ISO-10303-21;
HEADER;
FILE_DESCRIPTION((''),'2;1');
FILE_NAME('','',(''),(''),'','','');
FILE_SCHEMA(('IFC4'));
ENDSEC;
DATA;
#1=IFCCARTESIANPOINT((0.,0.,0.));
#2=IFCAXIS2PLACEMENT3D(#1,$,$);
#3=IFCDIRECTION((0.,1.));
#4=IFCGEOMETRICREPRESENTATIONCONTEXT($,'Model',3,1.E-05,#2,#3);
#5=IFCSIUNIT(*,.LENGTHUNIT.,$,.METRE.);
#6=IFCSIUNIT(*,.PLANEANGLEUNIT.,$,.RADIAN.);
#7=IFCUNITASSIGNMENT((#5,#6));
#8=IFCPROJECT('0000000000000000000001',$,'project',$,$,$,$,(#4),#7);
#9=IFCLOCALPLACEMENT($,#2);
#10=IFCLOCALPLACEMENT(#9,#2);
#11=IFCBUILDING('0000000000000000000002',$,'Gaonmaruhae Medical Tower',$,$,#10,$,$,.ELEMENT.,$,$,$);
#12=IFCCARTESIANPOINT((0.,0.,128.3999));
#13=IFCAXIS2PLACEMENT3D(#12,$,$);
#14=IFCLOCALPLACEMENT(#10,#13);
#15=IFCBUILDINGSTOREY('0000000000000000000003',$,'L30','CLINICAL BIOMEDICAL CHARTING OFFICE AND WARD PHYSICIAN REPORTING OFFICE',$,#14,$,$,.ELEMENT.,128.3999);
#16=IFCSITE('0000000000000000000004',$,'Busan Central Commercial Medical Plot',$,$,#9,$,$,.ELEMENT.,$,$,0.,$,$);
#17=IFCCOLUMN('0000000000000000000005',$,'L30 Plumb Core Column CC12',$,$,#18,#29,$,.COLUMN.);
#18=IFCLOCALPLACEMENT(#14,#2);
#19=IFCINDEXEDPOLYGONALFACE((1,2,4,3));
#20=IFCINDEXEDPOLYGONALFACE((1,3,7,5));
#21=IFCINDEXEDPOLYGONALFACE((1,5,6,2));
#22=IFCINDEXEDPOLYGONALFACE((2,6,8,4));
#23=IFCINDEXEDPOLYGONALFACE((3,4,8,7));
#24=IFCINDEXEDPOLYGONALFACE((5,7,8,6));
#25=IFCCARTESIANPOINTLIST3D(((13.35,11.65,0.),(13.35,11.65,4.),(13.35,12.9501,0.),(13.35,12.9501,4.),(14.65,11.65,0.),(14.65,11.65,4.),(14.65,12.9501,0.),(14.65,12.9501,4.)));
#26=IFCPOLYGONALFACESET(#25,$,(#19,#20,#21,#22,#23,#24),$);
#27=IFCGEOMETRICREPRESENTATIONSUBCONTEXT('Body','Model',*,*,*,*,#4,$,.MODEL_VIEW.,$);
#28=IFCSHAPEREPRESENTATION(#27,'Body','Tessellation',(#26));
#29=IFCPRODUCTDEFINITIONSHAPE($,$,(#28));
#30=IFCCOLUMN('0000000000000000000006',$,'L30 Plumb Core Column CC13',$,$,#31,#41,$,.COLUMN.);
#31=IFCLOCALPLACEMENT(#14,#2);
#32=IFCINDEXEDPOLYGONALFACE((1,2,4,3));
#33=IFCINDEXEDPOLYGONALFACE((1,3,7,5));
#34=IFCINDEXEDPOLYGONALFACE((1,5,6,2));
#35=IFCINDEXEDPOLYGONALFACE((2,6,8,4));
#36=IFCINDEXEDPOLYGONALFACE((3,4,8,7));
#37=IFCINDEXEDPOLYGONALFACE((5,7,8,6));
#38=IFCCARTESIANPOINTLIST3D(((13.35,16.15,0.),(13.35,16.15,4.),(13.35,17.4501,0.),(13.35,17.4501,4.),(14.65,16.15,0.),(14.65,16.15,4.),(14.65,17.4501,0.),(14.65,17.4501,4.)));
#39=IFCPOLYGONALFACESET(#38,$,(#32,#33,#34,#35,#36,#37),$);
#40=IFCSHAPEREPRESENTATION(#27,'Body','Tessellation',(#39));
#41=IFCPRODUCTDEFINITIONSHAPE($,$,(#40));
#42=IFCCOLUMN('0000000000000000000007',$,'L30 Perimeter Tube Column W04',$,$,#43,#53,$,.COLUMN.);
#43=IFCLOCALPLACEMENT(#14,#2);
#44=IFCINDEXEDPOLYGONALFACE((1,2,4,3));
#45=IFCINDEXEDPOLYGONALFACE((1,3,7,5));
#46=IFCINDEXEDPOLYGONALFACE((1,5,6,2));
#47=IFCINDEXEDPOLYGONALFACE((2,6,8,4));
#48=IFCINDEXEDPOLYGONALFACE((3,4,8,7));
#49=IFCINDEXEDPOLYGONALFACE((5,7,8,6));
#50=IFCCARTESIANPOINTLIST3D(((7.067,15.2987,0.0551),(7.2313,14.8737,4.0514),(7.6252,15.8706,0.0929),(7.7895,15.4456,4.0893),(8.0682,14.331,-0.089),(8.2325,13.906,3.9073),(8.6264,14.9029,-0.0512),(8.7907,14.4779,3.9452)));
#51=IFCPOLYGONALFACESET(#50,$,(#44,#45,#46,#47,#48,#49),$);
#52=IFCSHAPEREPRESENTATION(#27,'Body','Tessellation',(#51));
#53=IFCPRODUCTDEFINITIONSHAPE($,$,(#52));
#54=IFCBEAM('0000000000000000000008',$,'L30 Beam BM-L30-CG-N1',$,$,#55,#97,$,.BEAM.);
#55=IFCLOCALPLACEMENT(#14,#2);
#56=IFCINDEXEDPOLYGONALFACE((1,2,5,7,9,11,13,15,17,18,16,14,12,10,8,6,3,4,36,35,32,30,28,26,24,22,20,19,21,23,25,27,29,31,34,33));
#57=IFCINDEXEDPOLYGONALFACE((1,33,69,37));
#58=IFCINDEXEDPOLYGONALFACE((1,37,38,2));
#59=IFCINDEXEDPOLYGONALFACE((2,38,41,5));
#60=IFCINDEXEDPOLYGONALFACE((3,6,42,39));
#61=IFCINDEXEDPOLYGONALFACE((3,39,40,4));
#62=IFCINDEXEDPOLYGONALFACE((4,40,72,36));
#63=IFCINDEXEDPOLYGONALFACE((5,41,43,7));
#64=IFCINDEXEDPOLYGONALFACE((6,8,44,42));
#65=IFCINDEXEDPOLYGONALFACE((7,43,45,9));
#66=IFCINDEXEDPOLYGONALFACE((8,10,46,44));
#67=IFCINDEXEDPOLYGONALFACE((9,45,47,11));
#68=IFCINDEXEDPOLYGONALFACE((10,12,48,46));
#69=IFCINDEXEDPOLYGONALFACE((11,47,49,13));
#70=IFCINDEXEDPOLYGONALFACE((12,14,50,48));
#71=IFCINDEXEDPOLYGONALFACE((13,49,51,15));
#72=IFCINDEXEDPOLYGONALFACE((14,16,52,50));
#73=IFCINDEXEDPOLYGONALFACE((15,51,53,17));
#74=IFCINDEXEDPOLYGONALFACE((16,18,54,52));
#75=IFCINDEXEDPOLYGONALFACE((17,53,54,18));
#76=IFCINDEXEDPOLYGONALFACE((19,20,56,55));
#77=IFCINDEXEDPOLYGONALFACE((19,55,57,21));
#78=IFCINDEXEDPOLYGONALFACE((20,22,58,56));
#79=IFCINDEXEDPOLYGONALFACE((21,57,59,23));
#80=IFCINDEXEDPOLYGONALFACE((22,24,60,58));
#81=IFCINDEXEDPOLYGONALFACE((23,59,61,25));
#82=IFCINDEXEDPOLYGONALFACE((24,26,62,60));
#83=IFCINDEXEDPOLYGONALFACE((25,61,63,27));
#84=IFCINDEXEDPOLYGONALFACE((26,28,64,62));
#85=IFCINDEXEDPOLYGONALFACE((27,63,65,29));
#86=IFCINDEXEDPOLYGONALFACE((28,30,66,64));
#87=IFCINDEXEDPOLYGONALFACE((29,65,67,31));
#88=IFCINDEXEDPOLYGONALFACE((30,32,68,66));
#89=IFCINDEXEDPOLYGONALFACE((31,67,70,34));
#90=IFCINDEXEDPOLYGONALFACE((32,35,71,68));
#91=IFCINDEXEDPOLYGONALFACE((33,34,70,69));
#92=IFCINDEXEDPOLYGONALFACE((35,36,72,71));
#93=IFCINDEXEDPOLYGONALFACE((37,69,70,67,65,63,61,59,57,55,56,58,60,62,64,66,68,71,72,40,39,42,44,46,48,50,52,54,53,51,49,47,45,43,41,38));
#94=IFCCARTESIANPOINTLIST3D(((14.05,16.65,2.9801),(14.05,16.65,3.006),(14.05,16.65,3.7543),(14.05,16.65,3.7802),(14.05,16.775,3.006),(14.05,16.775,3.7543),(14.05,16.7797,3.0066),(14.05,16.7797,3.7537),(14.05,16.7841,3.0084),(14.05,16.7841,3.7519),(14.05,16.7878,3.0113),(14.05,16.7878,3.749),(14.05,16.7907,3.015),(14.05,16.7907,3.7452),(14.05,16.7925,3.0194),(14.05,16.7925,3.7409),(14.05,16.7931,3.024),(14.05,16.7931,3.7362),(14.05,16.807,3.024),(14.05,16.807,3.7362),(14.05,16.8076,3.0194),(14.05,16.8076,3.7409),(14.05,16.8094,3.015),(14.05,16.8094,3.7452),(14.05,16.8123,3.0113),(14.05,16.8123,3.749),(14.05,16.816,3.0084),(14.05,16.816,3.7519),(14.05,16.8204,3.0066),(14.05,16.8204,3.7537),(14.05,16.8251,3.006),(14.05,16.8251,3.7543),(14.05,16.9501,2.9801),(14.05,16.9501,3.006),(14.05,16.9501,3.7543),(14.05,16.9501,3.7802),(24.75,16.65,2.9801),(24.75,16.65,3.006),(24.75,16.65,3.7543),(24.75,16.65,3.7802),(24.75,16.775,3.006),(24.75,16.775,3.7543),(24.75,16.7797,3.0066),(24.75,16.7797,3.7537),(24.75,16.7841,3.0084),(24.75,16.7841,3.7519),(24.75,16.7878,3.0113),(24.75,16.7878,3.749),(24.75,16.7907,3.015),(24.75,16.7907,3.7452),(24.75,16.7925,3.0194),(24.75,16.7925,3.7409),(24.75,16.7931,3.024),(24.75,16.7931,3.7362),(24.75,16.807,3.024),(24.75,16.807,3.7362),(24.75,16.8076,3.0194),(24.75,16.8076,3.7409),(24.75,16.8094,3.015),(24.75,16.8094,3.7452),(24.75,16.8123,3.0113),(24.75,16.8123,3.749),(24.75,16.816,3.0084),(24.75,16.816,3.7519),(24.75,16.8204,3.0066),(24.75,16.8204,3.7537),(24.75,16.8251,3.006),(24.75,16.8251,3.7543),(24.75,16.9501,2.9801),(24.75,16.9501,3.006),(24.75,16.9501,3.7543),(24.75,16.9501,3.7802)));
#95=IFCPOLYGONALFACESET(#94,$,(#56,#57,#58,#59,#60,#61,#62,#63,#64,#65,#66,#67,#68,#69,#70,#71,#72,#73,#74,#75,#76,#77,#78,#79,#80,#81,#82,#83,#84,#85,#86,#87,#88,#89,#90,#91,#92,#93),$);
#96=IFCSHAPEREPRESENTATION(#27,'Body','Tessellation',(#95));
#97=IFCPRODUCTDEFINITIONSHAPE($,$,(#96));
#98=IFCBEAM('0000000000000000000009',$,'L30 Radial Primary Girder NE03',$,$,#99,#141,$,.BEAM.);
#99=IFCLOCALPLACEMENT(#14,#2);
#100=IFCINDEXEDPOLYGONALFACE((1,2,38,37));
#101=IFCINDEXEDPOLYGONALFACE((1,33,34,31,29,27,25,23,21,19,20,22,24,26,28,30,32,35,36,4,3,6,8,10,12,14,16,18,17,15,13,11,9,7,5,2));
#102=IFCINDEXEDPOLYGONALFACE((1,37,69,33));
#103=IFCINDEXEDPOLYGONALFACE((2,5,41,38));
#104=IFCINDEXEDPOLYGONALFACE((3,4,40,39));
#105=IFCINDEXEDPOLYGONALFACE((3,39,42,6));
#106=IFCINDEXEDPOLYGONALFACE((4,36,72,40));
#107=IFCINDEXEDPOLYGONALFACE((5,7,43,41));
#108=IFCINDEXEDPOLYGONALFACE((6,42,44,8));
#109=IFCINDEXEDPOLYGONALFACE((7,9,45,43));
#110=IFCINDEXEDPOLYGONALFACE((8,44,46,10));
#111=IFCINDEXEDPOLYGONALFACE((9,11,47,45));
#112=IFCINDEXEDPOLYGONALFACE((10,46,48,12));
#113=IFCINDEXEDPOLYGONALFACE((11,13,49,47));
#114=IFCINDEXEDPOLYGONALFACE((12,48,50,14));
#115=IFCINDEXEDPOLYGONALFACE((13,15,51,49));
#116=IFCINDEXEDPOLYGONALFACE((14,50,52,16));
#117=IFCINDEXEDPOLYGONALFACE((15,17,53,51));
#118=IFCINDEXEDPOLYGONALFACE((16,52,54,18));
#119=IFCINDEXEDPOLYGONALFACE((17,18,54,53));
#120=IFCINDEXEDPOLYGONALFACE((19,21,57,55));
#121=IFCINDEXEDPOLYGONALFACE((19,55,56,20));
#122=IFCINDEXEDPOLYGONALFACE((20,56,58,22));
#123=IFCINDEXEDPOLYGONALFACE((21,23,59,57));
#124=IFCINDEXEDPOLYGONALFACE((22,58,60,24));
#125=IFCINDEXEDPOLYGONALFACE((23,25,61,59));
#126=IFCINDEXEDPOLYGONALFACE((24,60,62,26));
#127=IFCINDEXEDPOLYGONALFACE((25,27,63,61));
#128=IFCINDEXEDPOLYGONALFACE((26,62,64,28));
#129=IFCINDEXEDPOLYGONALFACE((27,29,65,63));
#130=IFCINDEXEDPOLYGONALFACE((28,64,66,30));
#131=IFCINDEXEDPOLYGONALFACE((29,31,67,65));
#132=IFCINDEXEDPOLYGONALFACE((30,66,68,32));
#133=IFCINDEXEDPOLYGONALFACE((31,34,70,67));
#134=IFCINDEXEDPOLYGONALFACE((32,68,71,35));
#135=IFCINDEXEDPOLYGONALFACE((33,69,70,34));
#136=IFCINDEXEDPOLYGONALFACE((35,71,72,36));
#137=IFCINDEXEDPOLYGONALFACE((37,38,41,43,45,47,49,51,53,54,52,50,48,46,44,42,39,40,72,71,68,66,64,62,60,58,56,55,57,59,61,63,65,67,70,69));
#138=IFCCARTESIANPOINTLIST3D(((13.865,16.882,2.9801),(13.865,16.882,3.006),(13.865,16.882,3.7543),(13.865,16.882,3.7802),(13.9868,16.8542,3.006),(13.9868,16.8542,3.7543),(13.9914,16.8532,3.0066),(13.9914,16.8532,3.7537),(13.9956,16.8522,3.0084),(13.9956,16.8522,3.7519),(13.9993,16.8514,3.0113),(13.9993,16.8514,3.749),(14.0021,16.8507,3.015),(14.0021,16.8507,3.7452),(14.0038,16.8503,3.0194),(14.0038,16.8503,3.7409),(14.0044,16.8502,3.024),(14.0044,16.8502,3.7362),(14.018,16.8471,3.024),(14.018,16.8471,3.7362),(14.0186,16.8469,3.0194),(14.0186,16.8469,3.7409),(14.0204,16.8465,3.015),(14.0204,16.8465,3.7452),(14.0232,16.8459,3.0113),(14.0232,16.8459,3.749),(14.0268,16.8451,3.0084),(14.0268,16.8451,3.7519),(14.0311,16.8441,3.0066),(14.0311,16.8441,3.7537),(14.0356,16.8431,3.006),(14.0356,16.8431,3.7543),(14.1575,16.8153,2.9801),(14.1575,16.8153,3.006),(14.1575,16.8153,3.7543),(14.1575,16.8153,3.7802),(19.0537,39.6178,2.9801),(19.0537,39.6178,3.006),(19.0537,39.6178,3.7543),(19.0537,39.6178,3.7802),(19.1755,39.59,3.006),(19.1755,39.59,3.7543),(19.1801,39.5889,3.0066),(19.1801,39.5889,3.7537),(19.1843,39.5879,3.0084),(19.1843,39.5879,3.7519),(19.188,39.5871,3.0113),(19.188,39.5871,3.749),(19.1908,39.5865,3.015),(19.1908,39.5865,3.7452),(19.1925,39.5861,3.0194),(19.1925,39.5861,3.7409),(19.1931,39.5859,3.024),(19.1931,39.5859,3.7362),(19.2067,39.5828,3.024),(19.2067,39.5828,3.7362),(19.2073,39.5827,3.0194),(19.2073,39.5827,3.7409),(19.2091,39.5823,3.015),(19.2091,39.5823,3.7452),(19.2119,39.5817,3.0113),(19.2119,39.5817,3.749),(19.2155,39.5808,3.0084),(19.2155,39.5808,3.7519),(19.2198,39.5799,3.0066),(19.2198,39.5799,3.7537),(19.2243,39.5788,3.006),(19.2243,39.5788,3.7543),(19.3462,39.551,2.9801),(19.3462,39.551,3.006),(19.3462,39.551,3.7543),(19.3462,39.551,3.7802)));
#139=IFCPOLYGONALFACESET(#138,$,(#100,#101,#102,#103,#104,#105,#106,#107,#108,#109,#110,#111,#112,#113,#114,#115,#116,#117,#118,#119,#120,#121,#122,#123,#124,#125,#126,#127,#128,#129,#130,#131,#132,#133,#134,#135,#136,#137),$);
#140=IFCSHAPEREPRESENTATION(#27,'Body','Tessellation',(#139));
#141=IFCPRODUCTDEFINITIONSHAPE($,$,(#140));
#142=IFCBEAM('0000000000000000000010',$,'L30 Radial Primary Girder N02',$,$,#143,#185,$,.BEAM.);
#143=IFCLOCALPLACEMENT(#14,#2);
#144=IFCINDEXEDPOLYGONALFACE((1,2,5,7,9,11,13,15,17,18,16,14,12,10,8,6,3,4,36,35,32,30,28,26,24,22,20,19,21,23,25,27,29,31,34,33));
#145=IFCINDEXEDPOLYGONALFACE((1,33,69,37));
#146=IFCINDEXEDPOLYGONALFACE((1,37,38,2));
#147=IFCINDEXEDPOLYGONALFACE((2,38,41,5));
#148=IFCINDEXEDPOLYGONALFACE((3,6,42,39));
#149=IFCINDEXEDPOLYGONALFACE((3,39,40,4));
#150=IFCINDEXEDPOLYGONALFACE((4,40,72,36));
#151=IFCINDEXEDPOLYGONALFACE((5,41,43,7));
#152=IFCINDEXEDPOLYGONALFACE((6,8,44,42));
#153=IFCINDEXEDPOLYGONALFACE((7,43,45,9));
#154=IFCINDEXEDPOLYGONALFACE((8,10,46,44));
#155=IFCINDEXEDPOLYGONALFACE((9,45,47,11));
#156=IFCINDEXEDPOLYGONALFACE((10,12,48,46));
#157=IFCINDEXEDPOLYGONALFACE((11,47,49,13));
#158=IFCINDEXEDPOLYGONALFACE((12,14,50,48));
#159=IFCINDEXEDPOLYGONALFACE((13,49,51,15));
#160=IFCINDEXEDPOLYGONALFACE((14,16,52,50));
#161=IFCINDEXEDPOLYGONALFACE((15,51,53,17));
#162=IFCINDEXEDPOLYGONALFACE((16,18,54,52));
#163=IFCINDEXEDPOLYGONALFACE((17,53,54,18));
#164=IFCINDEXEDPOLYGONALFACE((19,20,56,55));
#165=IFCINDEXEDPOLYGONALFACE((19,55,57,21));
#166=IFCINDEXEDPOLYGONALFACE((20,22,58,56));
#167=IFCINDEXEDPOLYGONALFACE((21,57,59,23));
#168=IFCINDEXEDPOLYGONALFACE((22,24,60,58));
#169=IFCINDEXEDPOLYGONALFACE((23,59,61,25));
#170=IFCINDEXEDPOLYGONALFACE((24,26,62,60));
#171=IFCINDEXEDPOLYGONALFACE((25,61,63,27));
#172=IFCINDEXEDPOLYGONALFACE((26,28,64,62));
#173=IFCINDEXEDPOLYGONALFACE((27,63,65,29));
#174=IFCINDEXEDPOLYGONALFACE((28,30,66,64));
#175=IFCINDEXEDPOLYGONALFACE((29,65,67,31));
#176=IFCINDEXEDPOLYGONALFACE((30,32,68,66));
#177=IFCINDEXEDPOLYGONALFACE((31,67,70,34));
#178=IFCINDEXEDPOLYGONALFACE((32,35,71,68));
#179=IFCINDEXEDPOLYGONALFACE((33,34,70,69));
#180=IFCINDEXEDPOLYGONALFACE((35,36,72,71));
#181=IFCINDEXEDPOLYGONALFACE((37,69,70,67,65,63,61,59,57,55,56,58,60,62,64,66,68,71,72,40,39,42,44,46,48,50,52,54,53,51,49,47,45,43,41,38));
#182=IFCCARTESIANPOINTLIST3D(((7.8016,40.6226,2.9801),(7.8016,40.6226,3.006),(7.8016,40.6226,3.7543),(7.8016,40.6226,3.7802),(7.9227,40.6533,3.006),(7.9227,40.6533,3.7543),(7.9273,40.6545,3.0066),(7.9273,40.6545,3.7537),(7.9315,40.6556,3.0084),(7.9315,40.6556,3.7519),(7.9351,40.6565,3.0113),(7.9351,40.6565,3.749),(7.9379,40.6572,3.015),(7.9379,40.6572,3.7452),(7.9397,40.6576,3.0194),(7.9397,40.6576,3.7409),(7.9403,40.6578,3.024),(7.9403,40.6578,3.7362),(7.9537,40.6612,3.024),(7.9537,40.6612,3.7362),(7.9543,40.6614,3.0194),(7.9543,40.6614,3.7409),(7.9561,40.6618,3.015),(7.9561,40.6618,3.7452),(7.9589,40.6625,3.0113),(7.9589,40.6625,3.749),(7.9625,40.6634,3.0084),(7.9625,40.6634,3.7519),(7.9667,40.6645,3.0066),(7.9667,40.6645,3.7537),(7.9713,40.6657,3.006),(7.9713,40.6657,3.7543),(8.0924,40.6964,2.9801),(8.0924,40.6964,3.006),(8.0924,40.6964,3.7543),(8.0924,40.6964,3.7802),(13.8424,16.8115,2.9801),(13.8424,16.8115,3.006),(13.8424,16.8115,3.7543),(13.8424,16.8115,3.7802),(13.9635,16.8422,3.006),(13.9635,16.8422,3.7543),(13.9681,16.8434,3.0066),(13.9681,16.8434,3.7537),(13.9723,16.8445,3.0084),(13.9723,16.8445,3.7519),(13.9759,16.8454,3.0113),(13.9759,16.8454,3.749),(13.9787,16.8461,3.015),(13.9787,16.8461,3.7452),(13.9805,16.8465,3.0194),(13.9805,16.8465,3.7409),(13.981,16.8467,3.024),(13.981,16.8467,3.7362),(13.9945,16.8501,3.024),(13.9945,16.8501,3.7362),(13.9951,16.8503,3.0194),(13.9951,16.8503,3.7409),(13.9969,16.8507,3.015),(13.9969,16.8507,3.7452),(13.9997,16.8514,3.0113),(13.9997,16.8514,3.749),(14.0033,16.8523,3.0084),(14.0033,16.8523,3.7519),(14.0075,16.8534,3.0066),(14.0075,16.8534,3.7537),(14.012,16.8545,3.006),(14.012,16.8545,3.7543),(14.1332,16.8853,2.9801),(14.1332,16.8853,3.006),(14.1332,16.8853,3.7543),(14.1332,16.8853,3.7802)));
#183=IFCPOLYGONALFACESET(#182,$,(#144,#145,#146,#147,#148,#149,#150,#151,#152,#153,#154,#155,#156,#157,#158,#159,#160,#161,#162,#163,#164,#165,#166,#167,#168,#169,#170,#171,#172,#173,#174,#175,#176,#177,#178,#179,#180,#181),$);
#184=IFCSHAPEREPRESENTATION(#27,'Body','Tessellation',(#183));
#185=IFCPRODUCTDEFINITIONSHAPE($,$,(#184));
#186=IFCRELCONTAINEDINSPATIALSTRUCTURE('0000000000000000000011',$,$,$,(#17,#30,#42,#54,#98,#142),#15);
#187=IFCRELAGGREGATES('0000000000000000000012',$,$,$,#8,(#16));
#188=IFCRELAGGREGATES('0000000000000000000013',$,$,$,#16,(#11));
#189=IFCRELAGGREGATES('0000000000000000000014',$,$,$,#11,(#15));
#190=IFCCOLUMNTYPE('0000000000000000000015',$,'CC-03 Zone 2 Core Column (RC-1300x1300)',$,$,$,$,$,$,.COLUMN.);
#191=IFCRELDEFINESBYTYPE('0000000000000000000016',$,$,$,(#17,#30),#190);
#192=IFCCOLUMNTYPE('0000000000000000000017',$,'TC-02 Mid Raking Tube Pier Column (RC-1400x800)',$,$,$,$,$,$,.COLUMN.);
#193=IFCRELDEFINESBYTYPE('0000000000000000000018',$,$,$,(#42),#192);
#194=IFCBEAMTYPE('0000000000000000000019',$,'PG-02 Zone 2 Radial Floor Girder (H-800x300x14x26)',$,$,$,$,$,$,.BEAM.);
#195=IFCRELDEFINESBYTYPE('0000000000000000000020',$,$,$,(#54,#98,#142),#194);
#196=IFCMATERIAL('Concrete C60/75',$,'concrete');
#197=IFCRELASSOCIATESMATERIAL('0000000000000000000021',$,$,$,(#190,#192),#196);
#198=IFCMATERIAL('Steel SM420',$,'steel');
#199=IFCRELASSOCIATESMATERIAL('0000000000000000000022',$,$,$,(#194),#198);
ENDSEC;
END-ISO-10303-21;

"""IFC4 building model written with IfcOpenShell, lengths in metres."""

from ifc_helpers import new_model, si_unit, direction, frame, origin, origin_2d, place, context, subcontext, project, spatial, rectangle, i_section, extrude, material, material_profile, profile_set, type_object, element, save


model = new_model("IFC4")

# Units and contexts
model_context = context("Model", 3, precision=1e-05, world=origin(), true_north=direction((0.0, 1.0)))
body_context = subcontext(model_context, "Body", "Model", "MODEL_VIEW")
ifc_project = project(units=[si_unit("LENGTHUNIT", "METRE"), si_unit("PLANEANGLEUNIT", "RADIAN")], contexts=[model_context])

# Site, building, storey
site_placement = place(None, origin())
site = spatial("IfcSite", under=ifc_project, at=site_placement, Name="Busan Central Commercial Medical Plot", CompositionType="ELEMENT", RefElevation=0.0)
building_placement = place(site_placement, origin())
building = spatial("IfcBuilding", under=site, at=building_placement, Name="Gaonmaruhae Medical Tower", CompositionType="ELEMENT")
storey_placement = place(building_placement, frame((0.0, 0.0, 128.3999)))
storey = spatial("IfcBuildingStorey", under=building, at=storey_placement, Name="L30", Description="CLINICAL BIOMEDICAL CHARTING OFFICE AND WARD PHYSICIAN REPORTING OFFICE", CompositionType="ELEMENT", Elevation=128.3999)

# Columns
ifc_material_1 = material(Name="Concrete C60/75", Category="concrete")
ifc_material_profile_1 = material_profile(ifc_material_1, rectangle(XDim=1.3, YDim=1.3, at=origin_2d()), Name="RC-1300x1300")
ifc_profile_set_1 = profile_set([ifc_material_profile_1], Name="Concrete C60/75")
column_type_1 = type_object("IfcColumnType", Name="CC-03 Zone 2 Core Column (RC-1300x1300)", PredefinedType="COLUMN", material=ifc_profile_set_1)
for number, where, z_axis, x_axis, name in (
    (1, (14.0, 12.3, 0.0), (0.0, 0.0, 1.0), (1.0, 0.0, 0.0), "L30 Plumb Core Column CC12"),
    (2, (14.0, 16.8, 0.0), (0.0, 0.0, 1.0), (1.0, 0.0, 0.0), "L30 Plumb Core Column CC13"),
):
    element("IfcColumn", number, at=place(storey_placement, frame(where, z_axis=z_axis, x_axis=x_axis)), inside=storey, type_object=column_type_1, Name=name, PredefinedType="COLUMN", context=body_context, shape_type="SweptSolid", body=[
        extrude(rectangle(XDim=1.3, YDim=1.3, at=origin_2d()), origin(), (0.0, 0.0, 1.0), 4.0),
    ])
ifc_material_profile_2 = material_profile(ifc_material_1, rectangle(XDim=1.3999, YDim=0.8, at=origin_2d()), Name="RC-1400x800")
ifc_profile_set_2 = profile_set([ifc_material_profile_2], Name="Concrete C60/75")
column_type_2 = type_object("IfcColumnType", Name="TC-02 Mid Raking Tube Pier Column (RC-1400x800)", PredefinedType="COLUMN", material=ifc_profile_set_2)
column_placement = place(storey_placement, frame((7.8467, 15.1008, 0.002), z_axis=(0.04085, -0.105675, 0.993561), x_axis=(-0.715221, 0.691277, 0.10293)))
element("IfcColumn", 3, at=column_placement, inside=storey, type_object=column_type_2, Name="L30 Perimeter Tube Column W04", PredefinedType="COLUMN", context=body_context, shape_type="SweptSolid", body=[
    extrude(rectangle(XDim=1.3999, YDim=0.8, at=origin_2d()), origin(), (0.0, 0.0, 1.0), 4.0222),
])

# Beams
ifc_material_2 = material(Name="Steel SM420", Category="steel")
ifc_material_profile_3 = material_profile(ifc_material_2, i_section(OverallWidth=0.3, OverallDepth=0.8, WebThickness=0.0139, FlangeThickness=0.0259, FilletRadius=0.0181, at=origin_2d()), Name="H-800x300x14x26")
ifc_profile_set_3 = profile_set([ifc_material_profile_3], Name="Steel SM420")
beam_type_1 = type_object("IfcBeamType", Name="PG-02 Zone 2 Radial Floor Girder (H-800x300x14x26)", PredefinedType="BEAM", material=ifc_profile_set_3)
beam_1_placement = place(storey_placement, frame((14.05, 16.8, 3.3801), z_axis=(1.0, 0.0, 0.0), x_axis=(0.0, 1.0, 0.0)))
element("IfcBeam", 4, at=beam_1_placement, inside=storey, type_object=beam_type_1, Name="L30 Beam BM-L30-CG-N1", PredefinedType="BEAM", context=body_context, shape_type="SweptSolid", body=[
    extrude(i_section(OverallWidth=0.3, OverallDepth=0.8, WebThickness=0.0139, FlangeThickness=0.0259, FilletRadius=0.0181, at=origin_2d()), origin(), (0.0, 0.0, 1.0), 10.7),
])
beam_2_placement = place(storey_placement, frame((14.0112, 16.8486, 3.3801), z_axis=(0.222497, 0.974933, 0.0), x_axis=(-0.974933, 0.222497, 0.0)))
element("IfcBeam", 5, at=beam_2_placement, inside=storey, type_object=beam_type_1, Name="L30 Radial Primary Girder NE03", PredefinedType="BEAM", context=body_context, shape_type="SweptSolid", body=[
    extrude(i_section(OverallWidth=0.3, OverallDepth=0.8, WebThickness=0.0139, FlangeThickness=0.0259, FilletRadius=0.0181, at=origin_2d()), origin(), (0.0, 0.0, 1.0), 23.3203),
])
beam_3_placement = place(storey_placement, frame((13.9878, 16.8484, 3.3801), z_axis=(-0.245906, 0.969294, 0.0), x_axis=(-0.969294, -0.245906, 0.0)))
element("IfcBeam", 6, at=beam_3_placement, inside=storey, type_object=beam_type_1, Name="L30 Radial Primary Girder N02", PredefinedType="BEAM", context=body_context, shape_type="SweptSolid", body=[
    extrude(i_section(OverallWidth=0.3, OverallDepth=0.8, WebThickness=0.0139, FlangeThickness=0.0259, FilletRadius=0.0181, at=origin_2d()), origin(), (0.0, 0.0, 1.0), 24.5654),
])

save(model, "model.ifc")
